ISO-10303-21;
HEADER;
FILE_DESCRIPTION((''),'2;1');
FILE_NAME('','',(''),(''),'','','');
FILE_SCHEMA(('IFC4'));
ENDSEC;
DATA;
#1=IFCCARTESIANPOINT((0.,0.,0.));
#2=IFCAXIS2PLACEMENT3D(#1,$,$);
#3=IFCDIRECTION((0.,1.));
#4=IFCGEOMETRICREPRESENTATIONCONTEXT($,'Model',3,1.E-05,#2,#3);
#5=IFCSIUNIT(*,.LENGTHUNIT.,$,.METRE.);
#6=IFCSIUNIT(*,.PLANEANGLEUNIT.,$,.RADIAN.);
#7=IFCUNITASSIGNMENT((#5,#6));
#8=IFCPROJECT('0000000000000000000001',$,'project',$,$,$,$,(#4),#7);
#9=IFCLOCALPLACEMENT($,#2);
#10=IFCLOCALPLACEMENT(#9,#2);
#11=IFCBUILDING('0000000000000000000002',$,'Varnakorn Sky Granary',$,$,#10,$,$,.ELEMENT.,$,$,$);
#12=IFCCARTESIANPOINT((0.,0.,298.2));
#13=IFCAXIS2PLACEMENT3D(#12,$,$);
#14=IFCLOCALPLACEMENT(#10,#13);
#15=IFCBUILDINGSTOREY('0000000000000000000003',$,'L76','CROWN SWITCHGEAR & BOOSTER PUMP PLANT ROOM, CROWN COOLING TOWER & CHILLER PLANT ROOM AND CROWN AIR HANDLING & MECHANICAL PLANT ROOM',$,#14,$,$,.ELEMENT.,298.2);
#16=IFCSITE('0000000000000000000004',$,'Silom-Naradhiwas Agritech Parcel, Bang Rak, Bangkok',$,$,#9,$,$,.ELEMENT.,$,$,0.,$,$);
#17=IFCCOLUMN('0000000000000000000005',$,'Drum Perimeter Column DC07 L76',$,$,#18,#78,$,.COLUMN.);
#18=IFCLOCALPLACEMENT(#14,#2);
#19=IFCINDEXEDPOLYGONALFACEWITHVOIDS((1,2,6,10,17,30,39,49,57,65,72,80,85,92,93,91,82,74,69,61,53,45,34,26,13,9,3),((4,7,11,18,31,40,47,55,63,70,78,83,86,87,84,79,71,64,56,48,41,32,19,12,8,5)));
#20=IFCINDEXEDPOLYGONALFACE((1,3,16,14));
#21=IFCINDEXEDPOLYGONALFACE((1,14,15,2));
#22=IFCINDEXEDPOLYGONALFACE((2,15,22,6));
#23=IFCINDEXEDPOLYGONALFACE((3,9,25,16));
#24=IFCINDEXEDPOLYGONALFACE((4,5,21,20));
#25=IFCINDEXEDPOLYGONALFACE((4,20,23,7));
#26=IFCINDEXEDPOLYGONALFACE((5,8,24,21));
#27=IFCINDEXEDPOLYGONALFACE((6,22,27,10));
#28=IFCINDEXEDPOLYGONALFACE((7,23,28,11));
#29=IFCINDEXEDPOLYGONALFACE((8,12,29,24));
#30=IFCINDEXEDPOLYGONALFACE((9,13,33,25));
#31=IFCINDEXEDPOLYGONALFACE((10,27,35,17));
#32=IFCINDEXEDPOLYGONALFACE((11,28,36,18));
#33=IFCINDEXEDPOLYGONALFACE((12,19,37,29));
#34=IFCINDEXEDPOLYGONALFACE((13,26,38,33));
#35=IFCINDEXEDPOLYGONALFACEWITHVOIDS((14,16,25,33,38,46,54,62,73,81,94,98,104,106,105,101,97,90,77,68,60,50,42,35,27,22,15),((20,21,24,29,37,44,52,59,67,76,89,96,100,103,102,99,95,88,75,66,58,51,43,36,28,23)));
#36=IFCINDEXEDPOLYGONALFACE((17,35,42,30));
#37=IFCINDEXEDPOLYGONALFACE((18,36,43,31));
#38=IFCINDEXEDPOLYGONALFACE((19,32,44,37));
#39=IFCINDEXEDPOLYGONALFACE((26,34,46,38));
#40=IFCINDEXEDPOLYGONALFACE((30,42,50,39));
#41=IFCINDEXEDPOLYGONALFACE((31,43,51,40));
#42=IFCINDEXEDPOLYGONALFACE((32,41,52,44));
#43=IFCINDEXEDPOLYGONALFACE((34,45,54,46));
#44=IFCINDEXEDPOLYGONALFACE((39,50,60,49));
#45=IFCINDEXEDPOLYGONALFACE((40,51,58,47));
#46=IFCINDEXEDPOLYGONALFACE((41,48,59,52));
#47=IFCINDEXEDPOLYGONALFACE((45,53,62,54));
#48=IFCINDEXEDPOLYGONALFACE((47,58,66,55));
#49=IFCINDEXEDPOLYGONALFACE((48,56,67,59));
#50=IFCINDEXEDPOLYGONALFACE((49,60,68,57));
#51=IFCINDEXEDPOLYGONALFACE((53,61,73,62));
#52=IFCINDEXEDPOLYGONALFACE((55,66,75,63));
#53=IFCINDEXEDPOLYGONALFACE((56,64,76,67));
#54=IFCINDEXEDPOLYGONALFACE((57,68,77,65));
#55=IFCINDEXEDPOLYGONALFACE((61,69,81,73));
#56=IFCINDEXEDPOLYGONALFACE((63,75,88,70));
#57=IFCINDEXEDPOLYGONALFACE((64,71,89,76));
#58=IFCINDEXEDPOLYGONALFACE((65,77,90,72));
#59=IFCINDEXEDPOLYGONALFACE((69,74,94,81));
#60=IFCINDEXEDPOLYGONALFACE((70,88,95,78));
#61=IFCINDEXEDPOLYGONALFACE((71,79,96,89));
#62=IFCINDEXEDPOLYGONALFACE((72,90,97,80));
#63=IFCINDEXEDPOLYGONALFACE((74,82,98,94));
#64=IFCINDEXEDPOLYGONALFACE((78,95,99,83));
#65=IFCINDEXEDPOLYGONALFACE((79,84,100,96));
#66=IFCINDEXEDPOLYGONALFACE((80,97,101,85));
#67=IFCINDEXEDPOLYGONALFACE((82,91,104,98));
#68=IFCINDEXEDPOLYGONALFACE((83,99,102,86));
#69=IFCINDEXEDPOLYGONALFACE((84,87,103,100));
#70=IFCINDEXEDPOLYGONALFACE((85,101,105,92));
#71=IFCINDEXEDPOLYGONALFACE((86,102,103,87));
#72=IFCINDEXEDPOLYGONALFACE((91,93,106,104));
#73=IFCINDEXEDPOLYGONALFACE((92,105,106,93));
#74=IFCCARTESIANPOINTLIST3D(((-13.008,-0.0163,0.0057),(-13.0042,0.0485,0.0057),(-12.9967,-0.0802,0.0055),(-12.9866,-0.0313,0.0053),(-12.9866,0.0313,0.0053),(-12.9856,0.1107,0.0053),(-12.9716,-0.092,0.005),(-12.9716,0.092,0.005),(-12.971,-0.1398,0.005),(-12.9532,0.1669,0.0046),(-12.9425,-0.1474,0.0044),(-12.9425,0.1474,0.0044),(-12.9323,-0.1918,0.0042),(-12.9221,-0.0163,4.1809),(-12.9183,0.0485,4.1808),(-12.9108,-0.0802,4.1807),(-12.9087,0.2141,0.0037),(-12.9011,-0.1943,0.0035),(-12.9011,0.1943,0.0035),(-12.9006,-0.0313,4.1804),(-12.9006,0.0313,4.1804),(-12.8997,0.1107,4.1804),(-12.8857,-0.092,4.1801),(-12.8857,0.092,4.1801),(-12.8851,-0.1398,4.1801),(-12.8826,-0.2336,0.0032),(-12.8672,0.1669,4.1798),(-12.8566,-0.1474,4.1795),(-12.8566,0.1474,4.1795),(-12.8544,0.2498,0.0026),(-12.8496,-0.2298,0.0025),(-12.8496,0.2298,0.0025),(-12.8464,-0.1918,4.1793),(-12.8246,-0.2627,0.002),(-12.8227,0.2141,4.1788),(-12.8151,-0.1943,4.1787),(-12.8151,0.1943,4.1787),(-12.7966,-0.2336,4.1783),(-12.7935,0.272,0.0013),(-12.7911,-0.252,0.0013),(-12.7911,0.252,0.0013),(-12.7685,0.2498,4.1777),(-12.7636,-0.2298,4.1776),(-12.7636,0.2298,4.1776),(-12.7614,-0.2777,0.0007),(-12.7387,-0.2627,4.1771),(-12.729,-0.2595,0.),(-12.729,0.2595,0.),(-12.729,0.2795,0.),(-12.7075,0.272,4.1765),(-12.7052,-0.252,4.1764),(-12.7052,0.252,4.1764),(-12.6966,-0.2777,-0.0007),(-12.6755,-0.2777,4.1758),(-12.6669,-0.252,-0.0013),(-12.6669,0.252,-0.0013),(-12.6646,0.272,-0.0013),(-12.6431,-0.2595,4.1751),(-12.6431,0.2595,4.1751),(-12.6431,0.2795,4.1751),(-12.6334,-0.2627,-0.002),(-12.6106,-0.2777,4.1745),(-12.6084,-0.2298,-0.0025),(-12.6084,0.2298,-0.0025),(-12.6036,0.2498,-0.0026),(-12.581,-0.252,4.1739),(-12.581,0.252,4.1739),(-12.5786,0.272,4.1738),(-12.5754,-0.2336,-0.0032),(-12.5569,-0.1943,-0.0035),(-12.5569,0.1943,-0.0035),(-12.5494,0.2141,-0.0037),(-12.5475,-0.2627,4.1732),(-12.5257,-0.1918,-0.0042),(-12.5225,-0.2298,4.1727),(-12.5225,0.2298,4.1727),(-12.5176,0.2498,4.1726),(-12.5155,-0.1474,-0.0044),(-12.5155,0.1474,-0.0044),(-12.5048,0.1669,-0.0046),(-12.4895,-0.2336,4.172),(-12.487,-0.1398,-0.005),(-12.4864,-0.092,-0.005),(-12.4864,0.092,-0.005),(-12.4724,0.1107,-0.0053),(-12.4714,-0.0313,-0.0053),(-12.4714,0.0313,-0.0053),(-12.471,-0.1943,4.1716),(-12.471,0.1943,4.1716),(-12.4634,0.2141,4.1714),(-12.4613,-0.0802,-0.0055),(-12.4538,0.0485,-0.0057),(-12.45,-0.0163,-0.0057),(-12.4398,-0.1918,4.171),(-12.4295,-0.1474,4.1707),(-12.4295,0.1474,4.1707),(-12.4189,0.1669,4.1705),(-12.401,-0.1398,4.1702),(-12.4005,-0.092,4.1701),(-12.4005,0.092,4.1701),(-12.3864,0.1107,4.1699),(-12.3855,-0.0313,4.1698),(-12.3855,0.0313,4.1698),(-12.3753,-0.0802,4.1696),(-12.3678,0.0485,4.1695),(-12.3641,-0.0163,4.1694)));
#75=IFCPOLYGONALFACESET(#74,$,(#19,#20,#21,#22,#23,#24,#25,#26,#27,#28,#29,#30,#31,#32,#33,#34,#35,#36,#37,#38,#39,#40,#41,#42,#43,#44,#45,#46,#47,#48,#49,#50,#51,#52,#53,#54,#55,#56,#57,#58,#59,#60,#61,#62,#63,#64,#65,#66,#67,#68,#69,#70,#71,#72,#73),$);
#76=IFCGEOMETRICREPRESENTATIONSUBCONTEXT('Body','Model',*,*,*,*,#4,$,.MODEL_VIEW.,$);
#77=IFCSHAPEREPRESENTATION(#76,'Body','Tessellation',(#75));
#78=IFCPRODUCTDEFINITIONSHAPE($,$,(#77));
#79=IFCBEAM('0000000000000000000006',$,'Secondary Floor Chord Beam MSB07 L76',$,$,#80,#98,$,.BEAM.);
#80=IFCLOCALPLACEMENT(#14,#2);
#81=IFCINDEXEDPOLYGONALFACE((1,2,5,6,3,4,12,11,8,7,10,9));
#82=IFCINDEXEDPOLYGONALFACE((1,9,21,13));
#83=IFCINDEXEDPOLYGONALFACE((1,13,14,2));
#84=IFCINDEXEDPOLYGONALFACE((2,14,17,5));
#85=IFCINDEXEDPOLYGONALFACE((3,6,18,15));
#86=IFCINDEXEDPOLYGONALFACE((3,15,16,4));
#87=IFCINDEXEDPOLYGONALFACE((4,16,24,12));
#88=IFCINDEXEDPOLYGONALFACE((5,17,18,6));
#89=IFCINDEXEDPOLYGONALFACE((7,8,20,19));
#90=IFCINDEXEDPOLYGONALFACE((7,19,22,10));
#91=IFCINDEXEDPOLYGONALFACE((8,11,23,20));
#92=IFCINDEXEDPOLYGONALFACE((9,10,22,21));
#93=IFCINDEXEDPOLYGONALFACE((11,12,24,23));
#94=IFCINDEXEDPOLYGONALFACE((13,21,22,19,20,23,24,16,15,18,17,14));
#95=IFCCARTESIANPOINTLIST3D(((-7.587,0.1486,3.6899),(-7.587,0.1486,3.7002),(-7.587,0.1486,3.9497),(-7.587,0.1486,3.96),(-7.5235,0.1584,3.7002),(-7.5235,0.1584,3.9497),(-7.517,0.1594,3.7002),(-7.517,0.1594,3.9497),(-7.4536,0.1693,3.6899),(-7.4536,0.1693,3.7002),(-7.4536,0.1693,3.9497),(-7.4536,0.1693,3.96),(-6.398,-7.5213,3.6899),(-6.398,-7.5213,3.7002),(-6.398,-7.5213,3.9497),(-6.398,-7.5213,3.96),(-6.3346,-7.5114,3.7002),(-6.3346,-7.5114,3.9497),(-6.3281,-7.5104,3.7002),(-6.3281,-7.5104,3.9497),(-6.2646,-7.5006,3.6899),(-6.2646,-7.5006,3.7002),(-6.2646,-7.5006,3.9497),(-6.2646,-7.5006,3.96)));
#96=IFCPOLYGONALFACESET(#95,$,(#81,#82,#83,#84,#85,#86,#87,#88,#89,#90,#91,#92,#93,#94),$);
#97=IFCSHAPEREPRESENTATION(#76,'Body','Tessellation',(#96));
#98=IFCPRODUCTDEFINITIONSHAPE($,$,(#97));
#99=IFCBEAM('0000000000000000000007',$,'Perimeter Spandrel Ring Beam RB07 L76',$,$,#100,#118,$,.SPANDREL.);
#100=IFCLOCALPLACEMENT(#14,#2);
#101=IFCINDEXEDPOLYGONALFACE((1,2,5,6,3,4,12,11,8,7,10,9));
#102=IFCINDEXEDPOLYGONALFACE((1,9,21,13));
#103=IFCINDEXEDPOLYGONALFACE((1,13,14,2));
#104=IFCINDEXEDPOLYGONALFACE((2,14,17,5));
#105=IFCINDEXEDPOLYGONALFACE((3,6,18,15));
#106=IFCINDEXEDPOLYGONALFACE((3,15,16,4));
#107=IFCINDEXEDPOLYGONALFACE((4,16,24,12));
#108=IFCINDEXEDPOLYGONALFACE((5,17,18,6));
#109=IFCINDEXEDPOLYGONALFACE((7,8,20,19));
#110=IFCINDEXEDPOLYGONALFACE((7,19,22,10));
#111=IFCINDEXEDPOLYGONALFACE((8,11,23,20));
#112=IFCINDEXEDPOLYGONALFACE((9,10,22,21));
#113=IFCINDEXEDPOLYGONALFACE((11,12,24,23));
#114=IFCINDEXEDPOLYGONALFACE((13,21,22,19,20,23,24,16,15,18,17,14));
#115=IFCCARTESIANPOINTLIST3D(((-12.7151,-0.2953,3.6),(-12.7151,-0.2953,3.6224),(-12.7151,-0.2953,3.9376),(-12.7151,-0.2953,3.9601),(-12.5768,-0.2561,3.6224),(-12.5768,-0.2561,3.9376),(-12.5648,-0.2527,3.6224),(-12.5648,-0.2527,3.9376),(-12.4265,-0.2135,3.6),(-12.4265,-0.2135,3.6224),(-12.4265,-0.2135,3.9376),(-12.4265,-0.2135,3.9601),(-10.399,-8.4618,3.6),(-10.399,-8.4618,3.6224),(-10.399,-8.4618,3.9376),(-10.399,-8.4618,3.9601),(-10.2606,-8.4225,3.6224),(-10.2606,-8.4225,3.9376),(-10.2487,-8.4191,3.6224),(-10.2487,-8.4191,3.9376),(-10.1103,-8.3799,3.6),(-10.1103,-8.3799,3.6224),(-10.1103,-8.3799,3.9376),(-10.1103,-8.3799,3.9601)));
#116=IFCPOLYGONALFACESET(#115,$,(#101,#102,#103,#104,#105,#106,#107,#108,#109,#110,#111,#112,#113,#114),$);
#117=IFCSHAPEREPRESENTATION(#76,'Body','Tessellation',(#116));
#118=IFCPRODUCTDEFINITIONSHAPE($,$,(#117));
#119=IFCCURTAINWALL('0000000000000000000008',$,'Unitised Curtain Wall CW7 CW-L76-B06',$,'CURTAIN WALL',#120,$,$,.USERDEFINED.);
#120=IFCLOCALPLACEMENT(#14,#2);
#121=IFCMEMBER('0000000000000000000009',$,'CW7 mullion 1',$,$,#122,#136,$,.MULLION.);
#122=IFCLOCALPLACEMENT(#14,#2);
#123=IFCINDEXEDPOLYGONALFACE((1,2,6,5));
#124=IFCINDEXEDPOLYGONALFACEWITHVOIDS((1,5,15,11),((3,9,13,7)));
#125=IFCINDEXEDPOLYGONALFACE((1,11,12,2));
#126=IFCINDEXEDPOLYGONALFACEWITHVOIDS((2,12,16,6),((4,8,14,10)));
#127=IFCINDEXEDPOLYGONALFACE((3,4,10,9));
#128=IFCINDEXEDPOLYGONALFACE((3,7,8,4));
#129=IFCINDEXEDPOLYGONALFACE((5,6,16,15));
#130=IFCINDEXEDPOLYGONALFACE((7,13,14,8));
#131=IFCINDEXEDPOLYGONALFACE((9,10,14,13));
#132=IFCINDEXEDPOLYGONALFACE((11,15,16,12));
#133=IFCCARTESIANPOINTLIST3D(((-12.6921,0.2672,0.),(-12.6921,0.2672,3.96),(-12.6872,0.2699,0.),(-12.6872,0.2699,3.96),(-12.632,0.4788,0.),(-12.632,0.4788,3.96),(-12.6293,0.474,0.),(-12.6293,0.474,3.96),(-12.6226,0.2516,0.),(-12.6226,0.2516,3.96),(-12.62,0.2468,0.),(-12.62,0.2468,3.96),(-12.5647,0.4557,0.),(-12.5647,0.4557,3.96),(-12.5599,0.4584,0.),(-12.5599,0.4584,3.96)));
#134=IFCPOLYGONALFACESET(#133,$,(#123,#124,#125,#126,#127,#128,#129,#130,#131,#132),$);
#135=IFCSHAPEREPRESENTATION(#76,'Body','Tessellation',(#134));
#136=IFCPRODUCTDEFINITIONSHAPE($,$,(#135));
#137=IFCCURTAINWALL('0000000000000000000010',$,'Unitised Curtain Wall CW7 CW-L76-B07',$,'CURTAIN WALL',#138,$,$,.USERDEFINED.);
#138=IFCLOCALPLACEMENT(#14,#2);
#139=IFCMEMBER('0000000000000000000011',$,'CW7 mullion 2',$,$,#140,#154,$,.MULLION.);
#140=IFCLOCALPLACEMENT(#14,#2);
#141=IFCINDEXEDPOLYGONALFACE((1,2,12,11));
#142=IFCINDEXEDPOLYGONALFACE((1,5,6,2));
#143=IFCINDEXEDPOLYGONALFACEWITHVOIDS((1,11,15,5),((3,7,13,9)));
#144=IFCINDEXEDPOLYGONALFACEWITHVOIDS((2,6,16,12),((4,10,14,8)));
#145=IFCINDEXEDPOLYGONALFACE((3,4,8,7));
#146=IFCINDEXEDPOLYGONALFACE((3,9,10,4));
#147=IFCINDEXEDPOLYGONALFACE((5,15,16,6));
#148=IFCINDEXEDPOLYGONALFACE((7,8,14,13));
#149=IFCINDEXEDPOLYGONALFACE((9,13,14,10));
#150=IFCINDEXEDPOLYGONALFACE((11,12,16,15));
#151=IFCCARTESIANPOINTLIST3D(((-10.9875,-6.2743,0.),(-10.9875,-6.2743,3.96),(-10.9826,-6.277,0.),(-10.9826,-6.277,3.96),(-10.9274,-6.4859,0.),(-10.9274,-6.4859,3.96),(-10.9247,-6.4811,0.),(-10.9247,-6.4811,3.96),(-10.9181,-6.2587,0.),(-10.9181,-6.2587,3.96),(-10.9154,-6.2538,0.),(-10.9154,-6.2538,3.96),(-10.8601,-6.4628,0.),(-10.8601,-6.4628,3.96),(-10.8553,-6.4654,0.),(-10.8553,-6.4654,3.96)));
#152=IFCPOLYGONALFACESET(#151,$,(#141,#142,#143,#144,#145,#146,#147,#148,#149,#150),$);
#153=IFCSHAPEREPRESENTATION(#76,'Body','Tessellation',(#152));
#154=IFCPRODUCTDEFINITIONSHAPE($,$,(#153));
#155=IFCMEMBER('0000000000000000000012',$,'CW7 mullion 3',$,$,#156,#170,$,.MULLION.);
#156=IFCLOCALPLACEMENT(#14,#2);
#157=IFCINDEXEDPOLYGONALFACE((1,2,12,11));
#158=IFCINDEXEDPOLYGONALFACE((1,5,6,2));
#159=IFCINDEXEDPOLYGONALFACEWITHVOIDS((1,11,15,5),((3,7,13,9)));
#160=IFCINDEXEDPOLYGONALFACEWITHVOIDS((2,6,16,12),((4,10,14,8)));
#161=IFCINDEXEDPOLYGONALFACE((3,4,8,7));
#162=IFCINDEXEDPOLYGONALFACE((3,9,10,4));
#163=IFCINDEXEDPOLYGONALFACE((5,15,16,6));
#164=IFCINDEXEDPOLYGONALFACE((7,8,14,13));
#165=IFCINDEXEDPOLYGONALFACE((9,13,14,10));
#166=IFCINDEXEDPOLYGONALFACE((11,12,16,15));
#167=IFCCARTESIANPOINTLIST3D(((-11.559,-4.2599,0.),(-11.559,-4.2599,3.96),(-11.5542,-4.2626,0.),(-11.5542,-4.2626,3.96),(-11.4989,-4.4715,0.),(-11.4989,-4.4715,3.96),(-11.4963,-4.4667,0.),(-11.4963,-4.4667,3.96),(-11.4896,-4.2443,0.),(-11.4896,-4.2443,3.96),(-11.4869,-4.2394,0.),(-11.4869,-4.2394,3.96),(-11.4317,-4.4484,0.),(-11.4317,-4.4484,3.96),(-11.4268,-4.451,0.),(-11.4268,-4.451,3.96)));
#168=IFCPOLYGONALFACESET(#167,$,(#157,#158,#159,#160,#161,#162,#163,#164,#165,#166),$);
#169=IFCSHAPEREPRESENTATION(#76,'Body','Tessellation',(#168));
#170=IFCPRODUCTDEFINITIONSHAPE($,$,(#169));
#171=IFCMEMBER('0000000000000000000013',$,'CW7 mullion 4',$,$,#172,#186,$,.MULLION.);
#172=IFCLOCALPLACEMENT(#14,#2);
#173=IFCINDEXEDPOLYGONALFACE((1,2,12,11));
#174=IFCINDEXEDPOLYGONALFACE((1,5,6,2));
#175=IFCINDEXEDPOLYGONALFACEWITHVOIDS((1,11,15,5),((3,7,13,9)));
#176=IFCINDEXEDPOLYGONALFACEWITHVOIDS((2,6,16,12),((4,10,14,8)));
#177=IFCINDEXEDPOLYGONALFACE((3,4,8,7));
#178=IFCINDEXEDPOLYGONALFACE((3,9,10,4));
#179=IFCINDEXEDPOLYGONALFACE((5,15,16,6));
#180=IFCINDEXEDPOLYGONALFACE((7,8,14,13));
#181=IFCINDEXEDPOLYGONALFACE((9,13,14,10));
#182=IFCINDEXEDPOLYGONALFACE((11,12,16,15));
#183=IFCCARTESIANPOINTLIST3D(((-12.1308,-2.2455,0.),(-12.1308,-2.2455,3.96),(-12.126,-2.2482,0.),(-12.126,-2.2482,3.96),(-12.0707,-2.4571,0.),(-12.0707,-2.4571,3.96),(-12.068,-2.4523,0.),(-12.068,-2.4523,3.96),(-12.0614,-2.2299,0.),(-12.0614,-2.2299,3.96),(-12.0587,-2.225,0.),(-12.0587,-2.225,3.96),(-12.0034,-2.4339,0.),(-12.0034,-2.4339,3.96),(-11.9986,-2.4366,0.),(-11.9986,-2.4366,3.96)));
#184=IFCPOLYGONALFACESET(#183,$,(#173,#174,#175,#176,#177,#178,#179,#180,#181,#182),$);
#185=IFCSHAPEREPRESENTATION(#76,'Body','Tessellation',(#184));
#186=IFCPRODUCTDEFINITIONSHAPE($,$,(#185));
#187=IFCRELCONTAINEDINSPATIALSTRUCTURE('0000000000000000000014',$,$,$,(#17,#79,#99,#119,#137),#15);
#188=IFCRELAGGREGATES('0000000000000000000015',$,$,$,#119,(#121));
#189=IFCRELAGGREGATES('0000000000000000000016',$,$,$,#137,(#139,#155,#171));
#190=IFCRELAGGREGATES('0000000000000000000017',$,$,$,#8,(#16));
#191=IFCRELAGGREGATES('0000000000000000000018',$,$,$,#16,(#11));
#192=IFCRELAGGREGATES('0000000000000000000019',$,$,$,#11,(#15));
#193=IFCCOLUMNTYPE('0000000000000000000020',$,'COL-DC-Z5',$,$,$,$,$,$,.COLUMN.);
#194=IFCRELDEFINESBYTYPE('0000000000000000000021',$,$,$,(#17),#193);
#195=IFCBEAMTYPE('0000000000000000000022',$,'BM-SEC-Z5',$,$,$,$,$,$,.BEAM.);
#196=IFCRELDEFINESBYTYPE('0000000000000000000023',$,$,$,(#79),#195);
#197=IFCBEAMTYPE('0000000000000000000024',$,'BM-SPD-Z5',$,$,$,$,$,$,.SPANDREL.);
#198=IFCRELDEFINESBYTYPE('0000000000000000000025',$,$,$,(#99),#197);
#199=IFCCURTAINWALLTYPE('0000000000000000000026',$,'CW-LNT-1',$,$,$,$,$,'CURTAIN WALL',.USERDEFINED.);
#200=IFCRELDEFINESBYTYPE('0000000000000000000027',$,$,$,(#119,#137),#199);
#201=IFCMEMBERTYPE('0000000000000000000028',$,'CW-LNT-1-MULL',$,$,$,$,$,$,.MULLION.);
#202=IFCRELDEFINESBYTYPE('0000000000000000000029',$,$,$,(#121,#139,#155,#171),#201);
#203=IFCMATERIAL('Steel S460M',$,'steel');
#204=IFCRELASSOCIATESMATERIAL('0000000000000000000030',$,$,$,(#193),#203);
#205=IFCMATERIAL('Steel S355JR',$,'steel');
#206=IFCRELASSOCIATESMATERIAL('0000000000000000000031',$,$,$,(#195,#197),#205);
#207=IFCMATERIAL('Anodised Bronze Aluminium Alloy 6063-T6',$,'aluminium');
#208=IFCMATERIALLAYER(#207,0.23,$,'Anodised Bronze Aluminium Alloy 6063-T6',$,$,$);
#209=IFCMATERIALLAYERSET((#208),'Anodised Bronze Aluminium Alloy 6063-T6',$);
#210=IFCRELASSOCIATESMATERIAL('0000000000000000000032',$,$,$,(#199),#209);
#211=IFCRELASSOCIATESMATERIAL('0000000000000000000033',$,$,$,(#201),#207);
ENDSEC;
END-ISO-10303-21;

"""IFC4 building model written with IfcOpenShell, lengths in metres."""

from ifc_helpers import new_model, si_unit, direction, frame, origin, origin_2d, place, context, subcontext, project, spatial, hollow_rectangle, hollow_circle, i_section, extrude, material, layer, layer_set, material_profile, profile_set, type_object, element, aggregate, save


model = new_model("IFC4")

# Units and contexts
model_context = context("Model", 3, precision=1e-05, world=origin(), true_north=direction((0.0, 1.0)))
body_context = subcontext(model_context, "Body", "Model", "MODEL_VIEW")
ifc_project = project(units=[si_unit("LENGTHUNIT", "METRE"), si_unit("PLANEANGLEUNIT", "RADIAN")], contexts=[model_context])

# Site, building, storey
site_placement = place(None, origin())
site = spatial("IfcSite", under=ifc_project, at=site_placement, Name="Silom-Naradhiwas Agritech Parcel, Bang Rak, Bangkok", CompositionType="ELEMENT", RefElevation=0.0)
building_placement = place(site_placement, origin())
building = spatial("IfcBuilding", under=site, at=building_placement, Name="Varnakorn Sky Granary", CompositionType="ELEMENT")
storey_placement = place(building_placement, frame((0.0, 0.0, 298.2)))
storey = spatial("IfcBuildingStorey", under=building, at=storey_placement, Name="L76", Description="CROWN SWITCHGEAR & BOOSTER PUMP PLANT ROOM, CROWN COOLING TOWER & CHILLER PLANT ROOM AND CROWN AIR HANDLING & MECHANICAL PLANT ROOM", CompositionType="ELEMENT", Elevation=298.2)

# Column
ifc_material_1 = material(Name="Steel S460M", Category="steel")
ifc_material_profile_1 = material_profile(ifc_material_1, hollow_circle(Radius=0.2795, WallThickness=0.02, at=origin_2d()), Name="CHS 559x20")
ifc_profile_set_1 = profile_set([ifc_material_profile_1], Name="Steel S460M")
column_type = type_object("IfcColumnType", Name="COL-DC-Z5", PredefinedType="COLUMN", material=ifc_profile_set_1)
column_placement = place(storey_placement, frame((-12.729, 0.0, 0.0), z_axis=(0.020579, 0.0, 0.999788), x_axis=(0.0, 1.0, 0.0)))
element("IfcColumn", 1, at=column_placement, inside=storey, type_object=column_type, Name="Drum Perimeter Column DC07 L76", PredefinedType="COLUMN", context=body_context, shape_type="SweptSolid", body=[
    extrude(hollow_circle(Radius=0.2795, WallThickness=0.02, at=origin_2d()), origin(), (0.0, 0.0, 1.0), 4.176),
])

# Beams
ifc_material_2 = material(Name="Steel S355JR", Category="steel")
ifc_material_profile_2 = material_profile(ifc_material_2, i_section(OverallWidth=0.135, OverallDepth=0.27, WebThickness=0.0066, FlangeThickness=0.0103, at=origin_2d()), Name="IPE 270")
ifc_profile_set_2 = profile_set([ifc_material_profile_2], Name="Steel S355JR")
beam_type_1 = type_object("IfcBeamType", Name="BM-SEC-Z5", PredefinedType="BEAM", material=ifc_profile_set_2)
beam_1_placement = place(storey_placement, frame((-7.5203, 0.1589, 3.825), z_axis=(0.153187, -0.988197, 0.0), x_axis=(0.988197, 0.153187, 0.0)))
element("IfcBeam", 2, at=beam_1_placement, inside=storey, type_object=beam_type_1, Name="Secondary Floor Chord Beam MSB07 L76", PredefinedType="BEAM", context=body_context, shape_type="SweptSolid", body=[
    extrude(i_section(OverallWidth=0.135, OverallDepth=0.27, WebThickness=0.0066, FlangeThickness=0.0103, at=origin_2d()), origin(), (0.0, 0.0, 1.0), 7.7615),
])
ifc_material_profile_3 = material_profile(ifc_material_2, i_section(OverallWidth=0.3, OverallDepth=0.3601, WebThickness=0.0125, FlangeThickness=0.0225, at=origin_2d()), Name="HE 360 B")
ifc_profile_set_3 = profile_set([ifc_material_profile_3], Name="Steel S355JR")
beam_type_2 = type_object("IfcBeamType", Name="BM-SPD-Z5", PredefinedType="SPANDREL", material=ifc_profile_set_3)
beam_2_placement = place(storey_placement, frame((-12.5708, -0.2544, 3.78), z_axis=(0.272855, -0.962055, 0.0), x_axis=(0.962055, 0.272855, 0.0)))
element("IfcBeam", 3, at=beam_2_placement, inside=storey, type_object=beam_type_2, Name="Perimeter Spandrel Ring Beam RB07 L76", PredefinedType="SPANDREL", context=body_context, shape_type="SweptSolid", body=[
    extrude(i_section(OverallWidth=0.3, OverallDepth=0.3601, WebThickness=0.0125, FlangeThickness=0.0225, at=origin_2d()), origin(), (0.0, 0.0, 1.0), 8.4885),
])

# Curtain wall, member
ifc_material_3 = material(Name="Anodised Bronze Aluminium Alloy 6063-T6", Category="aluminium")
ifc_layer_1 = layer(ifc_material_3, 0.23, Name="Anodised Bronze Aluminium Alloy 6063-T6")
ifc_layer_set_1 = layer_set([ifc_layer_1], Name="Anodised Bronze Aluminium Alloy 6063-T6")
curtain_wall_type = type_object("IfcCurtainWallType", Name="CW-LNT-1", ElementType="CURTAIN WALL", PredefinedType="USERDEFINED", material=ifc_layer_set_1)
curtain_wall_1_placement = place(storey_placement, origin())
curtain_wall_1 = element("IfcCurtainWall", 4, at=curtain_wall_1_placement, inside=storey, type_object=curtain_wall_type, Name="Unitised Curtain Wall CW7 CW-L76-B06", ObjectType="CURTAIN WALL", PredefinedType="USERDEFINED")
ifc_material_profile_4 = material_profile(ifc_material_3, hollow_rectangle(XDim=0.075, YDim=0.22, WallThickness=0.0039, at=origin_2d()), Name="ALU MULL 75x220")
ifc_profile_set_4 = profile_set([ifc_material_profile_4], Name="Anodised Bronze Aluminium Alloy 6063-T6")
member_type_1 = type_object("IfcMemberType", Name="CW-LNT-1-MULL", PredefinedType="MULLION", material=ifc_profile_set_4)
member_1_placement = place(storey_placement, frame((-12.626, 0.3628, 0.0), z_axis=(0.0, 0.0, 1.0), x_axis=(-0.962012, 0.273007, 0.0)))
member_1 = element("IfcMember", 5, at=member_1_placement, type_object=member_type_1, Name="CW7 mullion 1", PredefinedType="MULLION", context=body_context, shape_type="SweptSolid", body=[
    extrude(hollow_rectangle(XDim=0.075, YDim=0.22, WallThickness=0.0039, at=origin_2d()), origin(), (0.0, 0.0, 1.0), 3.96),
])
aggregate(curtain_wall_1, [member_1])

# Curtain wall, members
curtain_wall_2_placement = place(storey_placement, origin())
curtain_wall_2 = element("IfcCurtainWall", 6, at=curtain_wall_2_placement, inside=storey, type_object=curtain_wall_type, Name="Unitised Curtain Wall CW7 CW-L76-B07", ObjectType="CURTAIN WALL", PredefinedType="USERDEFINED")
member_2_placement = place(storey_placement, frame((-10.9214, -6.3699, 0.0), z_axis=(0.0, 0.0, 1.0), x_axis=(-0.962012, -0.273007, 0.0)))
member_2 = element("IfcMember", 7, at=member_2_placement, type_object=member_type_1, Name="CW7 mullion 2", PredefinedType="MULLION", context=body_context, shape_type="SweptSolid", body=[
    extrude(hollow_rectangle(XDim=0.075, YDim=0.22, WallThickness=0.0039, at=origin_2d()), origin(), (0.0, 0.0, 1.0), 3.96),
])
member_3_placement = place(storey_placement, frame((-11.4929, -4.3555, 0.0), z_axis=(0.0, 0.0, 1.0), x_axis=(-0.962012, -0.273007, 0.0)))
member_3 = element("IfcMember", 8, at=member_3_placement, type_object=member_type_1, Name="CW7 mullion 3", PredefinedType="MULLION", context=body_context, shape_type="SweptSolid", body=[
    extrude(hollow_rectangle(XDim=0.075, YDim=0.22, WallThickness=0.0039, at=origin_2d()), origin(), (0.0, 0.0, 1.0), 3.96),
])
member_4_placement = place(storey_placement, frame((-12.0647, -2.3411, 0.0), z_axis=(0.0, 0.0, 1.0), x_axis=(-0.962012, -0.273007, 0.0)))
member_4 = element("IfcMember", 9, at=member_4_placement, type_object=member_type_1, Name="CW7 mullion 4", PredefinedType="MULLION", context=body_context, shape_type="SweptSolid", body=[
    extrude(hollow_rectangle(XDim=0.075, YDim=0.22, WallThickness=0.0039, at=origin_2d()), origin(), (0.0, 0.0, 1.0), 3.96),
])

aggregate(curtain_wall_2, [member_2, member_3, member_4])

save(model, "model.ifc")
